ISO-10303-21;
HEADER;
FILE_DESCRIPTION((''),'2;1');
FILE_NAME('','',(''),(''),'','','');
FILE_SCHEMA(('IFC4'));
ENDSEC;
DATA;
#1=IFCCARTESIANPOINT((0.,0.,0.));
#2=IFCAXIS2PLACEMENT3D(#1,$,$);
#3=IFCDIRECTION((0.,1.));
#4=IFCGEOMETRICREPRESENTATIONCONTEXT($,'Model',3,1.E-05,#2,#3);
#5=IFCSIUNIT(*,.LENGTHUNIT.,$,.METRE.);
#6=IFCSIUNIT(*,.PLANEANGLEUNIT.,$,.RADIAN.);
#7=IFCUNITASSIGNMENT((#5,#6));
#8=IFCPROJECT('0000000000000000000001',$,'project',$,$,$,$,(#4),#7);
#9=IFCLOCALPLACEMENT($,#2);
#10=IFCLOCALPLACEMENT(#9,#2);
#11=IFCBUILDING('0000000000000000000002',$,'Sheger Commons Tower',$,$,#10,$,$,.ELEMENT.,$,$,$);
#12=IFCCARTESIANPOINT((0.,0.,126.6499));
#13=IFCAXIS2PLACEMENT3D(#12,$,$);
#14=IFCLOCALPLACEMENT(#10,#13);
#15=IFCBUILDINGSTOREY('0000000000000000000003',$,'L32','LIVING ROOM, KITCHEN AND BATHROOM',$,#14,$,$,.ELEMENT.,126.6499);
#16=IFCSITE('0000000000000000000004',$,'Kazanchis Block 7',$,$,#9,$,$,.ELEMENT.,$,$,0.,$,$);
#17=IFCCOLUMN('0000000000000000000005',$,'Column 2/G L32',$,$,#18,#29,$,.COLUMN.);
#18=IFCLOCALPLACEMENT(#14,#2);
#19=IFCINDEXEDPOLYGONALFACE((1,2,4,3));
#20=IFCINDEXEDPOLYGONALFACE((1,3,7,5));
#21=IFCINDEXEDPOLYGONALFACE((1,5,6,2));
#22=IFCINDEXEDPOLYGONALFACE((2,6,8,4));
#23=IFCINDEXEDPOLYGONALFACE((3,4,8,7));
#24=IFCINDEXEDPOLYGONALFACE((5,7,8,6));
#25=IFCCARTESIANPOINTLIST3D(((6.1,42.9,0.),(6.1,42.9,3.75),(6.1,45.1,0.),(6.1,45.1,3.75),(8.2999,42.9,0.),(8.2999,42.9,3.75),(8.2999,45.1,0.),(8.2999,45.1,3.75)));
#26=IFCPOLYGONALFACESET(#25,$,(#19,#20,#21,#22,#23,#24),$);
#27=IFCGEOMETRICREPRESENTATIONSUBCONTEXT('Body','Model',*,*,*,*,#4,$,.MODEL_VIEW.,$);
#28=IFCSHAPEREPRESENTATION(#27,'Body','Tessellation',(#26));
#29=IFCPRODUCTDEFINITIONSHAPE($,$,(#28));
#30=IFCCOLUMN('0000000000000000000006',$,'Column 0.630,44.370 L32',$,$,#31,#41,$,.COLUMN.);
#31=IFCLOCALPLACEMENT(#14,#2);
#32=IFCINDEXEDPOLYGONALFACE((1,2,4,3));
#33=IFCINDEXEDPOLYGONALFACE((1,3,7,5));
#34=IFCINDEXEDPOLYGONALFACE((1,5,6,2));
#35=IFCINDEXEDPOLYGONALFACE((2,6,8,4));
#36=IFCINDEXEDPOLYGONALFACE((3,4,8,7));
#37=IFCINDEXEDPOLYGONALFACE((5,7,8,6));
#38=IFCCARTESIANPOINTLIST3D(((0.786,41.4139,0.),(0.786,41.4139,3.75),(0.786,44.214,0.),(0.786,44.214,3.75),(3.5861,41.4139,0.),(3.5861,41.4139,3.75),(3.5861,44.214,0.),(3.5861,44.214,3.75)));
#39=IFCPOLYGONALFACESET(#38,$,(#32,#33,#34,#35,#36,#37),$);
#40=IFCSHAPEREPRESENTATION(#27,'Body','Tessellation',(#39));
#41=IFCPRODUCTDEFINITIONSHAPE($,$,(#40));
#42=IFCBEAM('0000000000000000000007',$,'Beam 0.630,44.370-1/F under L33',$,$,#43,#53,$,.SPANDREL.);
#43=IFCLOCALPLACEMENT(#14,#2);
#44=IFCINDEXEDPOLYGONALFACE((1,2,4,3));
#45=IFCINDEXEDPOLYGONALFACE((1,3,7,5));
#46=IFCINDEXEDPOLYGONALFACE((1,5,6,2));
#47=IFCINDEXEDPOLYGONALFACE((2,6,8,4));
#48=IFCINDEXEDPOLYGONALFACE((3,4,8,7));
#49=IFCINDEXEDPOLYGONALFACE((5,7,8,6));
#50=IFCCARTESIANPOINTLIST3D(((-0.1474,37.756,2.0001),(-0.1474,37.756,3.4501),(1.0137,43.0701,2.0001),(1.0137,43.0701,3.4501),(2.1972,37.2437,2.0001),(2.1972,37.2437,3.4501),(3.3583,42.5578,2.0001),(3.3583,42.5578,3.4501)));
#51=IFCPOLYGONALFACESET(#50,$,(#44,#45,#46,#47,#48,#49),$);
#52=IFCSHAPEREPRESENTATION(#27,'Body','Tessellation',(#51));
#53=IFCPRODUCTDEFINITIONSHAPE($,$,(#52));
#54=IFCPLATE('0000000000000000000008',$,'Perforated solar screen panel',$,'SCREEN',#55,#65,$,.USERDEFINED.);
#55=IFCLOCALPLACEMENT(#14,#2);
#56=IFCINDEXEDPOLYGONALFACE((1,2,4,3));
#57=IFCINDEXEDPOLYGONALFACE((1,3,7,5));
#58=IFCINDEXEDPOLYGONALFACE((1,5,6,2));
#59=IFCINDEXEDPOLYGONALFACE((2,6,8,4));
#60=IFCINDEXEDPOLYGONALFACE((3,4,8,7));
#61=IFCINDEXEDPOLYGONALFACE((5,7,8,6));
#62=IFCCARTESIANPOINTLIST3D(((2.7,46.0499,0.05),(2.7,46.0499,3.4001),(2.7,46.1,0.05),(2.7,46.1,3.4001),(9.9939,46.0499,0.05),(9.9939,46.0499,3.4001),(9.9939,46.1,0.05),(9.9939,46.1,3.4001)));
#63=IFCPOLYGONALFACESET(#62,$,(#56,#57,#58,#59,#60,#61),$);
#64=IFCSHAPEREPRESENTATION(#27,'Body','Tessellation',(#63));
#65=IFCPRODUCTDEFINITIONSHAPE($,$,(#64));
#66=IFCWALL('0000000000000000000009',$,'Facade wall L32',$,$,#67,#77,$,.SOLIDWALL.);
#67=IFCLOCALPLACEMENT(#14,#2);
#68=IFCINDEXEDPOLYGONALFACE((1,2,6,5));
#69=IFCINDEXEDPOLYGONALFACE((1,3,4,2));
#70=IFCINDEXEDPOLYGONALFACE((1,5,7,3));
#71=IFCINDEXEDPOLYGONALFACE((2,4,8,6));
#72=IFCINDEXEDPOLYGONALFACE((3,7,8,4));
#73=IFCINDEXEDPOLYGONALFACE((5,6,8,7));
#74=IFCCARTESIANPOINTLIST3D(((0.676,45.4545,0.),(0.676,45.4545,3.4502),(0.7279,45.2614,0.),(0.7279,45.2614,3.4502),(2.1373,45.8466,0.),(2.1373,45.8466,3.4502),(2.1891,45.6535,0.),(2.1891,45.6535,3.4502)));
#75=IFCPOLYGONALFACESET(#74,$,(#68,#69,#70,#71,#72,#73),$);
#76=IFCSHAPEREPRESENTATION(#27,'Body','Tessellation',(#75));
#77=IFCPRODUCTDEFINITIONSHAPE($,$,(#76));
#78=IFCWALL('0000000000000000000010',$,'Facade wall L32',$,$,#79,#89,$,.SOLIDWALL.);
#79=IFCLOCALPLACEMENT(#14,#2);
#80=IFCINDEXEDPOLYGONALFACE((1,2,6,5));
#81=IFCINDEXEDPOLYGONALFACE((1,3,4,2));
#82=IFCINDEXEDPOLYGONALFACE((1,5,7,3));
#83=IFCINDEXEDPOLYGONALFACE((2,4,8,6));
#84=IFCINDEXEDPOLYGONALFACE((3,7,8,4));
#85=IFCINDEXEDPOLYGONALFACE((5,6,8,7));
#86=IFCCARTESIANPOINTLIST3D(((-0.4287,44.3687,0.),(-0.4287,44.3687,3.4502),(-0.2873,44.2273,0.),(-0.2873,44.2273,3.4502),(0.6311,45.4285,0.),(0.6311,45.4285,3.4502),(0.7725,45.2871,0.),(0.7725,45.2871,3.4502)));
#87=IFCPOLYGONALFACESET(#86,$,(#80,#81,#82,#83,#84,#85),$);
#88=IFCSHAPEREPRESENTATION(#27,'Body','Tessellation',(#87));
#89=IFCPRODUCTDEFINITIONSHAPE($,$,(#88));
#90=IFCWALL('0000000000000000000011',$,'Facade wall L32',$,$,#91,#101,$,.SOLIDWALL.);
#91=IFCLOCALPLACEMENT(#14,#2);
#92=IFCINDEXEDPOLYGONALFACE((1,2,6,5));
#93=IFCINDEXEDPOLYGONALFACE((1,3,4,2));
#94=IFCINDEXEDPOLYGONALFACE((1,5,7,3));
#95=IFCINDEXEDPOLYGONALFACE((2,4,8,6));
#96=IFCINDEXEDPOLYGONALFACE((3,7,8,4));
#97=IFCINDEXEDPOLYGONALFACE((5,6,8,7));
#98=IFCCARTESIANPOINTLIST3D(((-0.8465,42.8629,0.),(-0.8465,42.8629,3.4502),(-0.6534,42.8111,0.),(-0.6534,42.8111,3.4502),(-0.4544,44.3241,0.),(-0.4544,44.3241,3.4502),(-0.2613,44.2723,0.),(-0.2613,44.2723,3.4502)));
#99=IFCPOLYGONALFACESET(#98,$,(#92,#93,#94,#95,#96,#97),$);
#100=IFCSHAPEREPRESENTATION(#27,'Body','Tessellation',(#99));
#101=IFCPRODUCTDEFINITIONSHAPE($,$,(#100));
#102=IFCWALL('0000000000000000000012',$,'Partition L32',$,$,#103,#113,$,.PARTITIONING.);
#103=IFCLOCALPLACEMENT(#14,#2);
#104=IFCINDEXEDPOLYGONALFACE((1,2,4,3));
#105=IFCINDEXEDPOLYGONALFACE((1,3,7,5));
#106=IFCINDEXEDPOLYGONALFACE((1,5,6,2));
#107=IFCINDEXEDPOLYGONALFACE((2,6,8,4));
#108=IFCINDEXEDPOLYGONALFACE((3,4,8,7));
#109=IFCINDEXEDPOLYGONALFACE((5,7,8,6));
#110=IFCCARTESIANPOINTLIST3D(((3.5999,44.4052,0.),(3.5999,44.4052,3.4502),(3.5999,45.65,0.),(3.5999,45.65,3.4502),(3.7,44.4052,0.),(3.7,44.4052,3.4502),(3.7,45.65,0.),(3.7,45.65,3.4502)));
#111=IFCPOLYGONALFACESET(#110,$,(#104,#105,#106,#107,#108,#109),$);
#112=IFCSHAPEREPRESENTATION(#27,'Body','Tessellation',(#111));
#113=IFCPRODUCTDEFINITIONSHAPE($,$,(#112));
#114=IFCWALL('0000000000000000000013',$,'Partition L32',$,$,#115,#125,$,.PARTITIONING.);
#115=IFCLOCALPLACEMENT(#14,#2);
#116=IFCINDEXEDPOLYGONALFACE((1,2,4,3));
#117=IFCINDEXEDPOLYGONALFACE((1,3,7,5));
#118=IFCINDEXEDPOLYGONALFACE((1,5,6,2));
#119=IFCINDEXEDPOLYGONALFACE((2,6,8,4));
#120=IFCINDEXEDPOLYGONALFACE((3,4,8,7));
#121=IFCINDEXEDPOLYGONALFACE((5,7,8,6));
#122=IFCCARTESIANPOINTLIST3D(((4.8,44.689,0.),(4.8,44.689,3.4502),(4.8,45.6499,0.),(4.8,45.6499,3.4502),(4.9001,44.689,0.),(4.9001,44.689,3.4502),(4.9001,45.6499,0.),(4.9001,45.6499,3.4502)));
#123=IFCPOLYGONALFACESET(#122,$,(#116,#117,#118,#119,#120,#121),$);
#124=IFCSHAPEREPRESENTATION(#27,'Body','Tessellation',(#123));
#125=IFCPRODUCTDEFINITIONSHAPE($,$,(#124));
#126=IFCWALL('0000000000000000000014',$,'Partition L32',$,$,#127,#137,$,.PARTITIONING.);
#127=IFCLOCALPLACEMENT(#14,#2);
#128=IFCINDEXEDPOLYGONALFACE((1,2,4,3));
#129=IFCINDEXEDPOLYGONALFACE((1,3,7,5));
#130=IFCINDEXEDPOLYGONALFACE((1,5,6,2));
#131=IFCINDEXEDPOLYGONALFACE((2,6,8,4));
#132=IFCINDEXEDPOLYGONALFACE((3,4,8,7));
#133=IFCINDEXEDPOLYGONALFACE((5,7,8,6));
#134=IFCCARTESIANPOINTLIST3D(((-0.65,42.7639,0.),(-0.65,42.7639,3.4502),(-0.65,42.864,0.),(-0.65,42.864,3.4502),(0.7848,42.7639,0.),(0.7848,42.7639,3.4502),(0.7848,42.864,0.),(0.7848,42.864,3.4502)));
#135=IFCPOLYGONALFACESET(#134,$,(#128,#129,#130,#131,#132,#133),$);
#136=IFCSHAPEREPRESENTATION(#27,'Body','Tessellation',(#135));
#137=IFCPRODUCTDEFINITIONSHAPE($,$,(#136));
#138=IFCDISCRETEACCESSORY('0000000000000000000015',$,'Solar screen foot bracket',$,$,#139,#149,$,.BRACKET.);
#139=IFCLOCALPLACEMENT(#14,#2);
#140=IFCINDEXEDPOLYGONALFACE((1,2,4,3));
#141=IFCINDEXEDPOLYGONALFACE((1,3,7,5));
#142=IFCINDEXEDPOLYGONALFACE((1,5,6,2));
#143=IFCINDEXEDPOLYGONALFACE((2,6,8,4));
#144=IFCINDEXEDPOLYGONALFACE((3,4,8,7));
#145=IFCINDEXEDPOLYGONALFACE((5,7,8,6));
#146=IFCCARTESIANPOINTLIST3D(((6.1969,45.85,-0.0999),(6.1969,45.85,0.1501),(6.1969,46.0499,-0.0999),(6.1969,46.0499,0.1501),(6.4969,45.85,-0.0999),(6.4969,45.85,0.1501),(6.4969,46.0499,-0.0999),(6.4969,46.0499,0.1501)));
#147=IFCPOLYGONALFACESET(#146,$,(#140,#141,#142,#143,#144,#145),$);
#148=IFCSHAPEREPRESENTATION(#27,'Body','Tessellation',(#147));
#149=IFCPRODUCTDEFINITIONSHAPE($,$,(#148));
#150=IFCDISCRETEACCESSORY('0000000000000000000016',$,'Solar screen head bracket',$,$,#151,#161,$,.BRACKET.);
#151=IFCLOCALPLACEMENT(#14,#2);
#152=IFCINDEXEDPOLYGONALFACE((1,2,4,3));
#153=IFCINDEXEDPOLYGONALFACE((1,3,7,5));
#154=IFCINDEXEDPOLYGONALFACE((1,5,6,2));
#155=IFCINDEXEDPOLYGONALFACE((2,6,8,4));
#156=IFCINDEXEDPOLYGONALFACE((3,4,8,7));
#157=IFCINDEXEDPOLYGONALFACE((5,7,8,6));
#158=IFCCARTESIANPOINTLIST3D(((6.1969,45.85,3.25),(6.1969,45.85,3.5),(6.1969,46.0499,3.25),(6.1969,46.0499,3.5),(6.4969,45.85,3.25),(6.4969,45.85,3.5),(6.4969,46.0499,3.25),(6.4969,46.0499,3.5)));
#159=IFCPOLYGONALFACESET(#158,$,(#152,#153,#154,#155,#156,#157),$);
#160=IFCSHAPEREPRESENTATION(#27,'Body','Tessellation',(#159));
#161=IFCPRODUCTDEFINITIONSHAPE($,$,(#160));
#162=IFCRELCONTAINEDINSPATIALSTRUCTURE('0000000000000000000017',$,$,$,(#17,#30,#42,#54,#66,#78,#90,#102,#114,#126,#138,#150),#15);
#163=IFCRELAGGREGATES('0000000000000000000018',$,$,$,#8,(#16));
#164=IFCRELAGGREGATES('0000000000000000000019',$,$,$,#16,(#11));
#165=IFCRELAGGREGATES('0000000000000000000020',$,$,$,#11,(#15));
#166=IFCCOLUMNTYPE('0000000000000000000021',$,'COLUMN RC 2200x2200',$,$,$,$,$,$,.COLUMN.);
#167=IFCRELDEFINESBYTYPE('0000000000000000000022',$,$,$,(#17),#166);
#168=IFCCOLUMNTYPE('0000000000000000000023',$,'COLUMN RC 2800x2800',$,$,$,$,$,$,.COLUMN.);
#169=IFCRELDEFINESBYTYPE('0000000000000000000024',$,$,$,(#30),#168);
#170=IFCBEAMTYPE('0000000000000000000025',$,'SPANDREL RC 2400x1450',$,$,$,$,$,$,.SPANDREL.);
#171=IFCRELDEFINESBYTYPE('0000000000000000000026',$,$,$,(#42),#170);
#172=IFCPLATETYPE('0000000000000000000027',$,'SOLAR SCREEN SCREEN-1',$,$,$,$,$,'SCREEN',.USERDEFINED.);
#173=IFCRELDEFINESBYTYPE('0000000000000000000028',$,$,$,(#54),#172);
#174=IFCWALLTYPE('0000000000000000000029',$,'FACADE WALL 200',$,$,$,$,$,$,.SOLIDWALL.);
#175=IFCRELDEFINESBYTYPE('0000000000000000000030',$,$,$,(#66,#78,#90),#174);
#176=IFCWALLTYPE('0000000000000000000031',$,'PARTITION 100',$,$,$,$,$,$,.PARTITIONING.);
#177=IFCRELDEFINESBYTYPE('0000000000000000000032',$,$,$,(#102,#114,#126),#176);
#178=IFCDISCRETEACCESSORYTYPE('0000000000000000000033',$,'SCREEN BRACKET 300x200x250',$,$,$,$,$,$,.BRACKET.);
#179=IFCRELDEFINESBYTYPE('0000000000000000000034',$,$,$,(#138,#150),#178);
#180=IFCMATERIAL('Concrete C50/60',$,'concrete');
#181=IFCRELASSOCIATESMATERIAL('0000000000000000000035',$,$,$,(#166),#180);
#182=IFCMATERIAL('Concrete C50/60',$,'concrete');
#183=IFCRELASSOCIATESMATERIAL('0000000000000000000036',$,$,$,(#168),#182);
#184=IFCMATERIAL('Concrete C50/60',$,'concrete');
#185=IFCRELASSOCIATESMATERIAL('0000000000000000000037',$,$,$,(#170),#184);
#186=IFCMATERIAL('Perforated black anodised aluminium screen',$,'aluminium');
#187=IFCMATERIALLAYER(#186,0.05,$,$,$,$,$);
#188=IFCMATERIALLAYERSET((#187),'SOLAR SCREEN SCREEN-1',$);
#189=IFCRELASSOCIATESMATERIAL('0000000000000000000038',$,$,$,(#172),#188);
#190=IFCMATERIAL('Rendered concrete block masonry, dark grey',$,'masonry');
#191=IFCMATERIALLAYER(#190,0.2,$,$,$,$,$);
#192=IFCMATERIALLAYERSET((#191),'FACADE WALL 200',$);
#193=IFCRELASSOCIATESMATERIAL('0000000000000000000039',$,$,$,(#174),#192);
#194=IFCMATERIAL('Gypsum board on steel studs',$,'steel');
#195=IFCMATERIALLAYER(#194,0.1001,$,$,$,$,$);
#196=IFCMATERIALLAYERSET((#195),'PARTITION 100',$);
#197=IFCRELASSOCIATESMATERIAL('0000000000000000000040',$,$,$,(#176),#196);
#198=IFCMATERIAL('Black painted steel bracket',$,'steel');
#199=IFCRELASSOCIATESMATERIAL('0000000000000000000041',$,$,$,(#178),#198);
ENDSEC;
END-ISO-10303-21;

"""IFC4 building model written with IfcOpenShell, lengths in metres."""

from ifc_helpers import new_model, si_unit, direction, frame, frame_2d, origin, origin_2d, place, context, subcontext, project, spatial, rectangle, extrude, material, layer, layer_set, material_profile, profile_set, type_object, element, save


model = new_model("IFC4")

# Units and contexts
model_context = context("Model", 3, precision=1e-05, world=origin(), true_north=direction((0.0, 1.0)))
body_context = subcontext(model_context, "Body", "Model", "MODEL_VIEW")
ifc_project = project(units=[si_unit("LENGTHUNIT", "METRE"), si_unit("PLANEANGLEUNIT", "RADIAN")], contexts=[model_context])

# Site, building, storey
site_placement = place(None, origin())
site = spatial("IfcSite", under=ifc_project, at=site_placement, Name="Kazanchis Block 7", CompositionType="ELEMENT", RefElevation=0.0)
building_placement = place(site_placement, origin())
building = spatial("IfcBuilding", under=site, at=building_placement, Name="Sheger Commons Tower", CompositionType="ELEMENT")
storey_placement = place(building_placement, frame((0.0, 0.0, 126.6499)))
storey = spatial("IfcBuildingStorey", under=building, at=storey_placement, Name="L32", Description="LIVING ROOM, KITCHEN AND BATHROOM", CompositionType="ELEMENT", Elevation=126.6499)

# Columns
ifc_material_1 = material(Name="Concrete C50/60", Category="concrete")
ifc_material_profile_1 = material_profile(ifc_material_1, rectangle(XDim=2.2, YDim=2.2, at=origin_2d()), Name="RC 2200x2200")
ifc_profile_set_1 = profile_set([ifc_material_profile_1], Name="Concrete C50/60")
column_type_1 = type_object("IfcColumnType", Name="COLUMN RC 2200x2200", PredefinedType="COLUMN", material=ifc_profile_set_1)
column_1_placement = place(storey_placement, frame((7.2, 44.0, 0.0), z_axis=(0.0, 0.0, 1.0), x_axis=(1.0, 0.0, 0.0)))
element("IfcColumn", 1, at=column_1_placement, inside=storey, type_object=column_type_1, Name="Column 2/G L32", PredefinedType="COLUMN", context=body_context, shape_type="SweptSolid", body=[
    extrude(rectangle(XDim=2.2, YDim=2.2, at=origin_2d()), origin(), (0.0, 0.0, 1.0), 3.75),
])
ifc_material_2 = material(Name="Concrete C50/60", Category="concrete")
ifc_material_profile_2 = material_profile(ifc_material_2, rectangle(XDim=2.8, YDim=2.8, at=origin_2d()), Name="RC 2800x2800")
ifc_profile_set_2 = profile_set([ifc_material_profile_2], Name="Concrete C50/60")
column_type_2 = type_object("IfcColumnType", Name="COLUMN RC 2800x2800", PredefinedType="COLUMN", material=ifc_profile_set_2)
column_2_placement = place(storey_placement, frame((2.186, 42.814, 0.0), z_axis=(0.0, 0.0, 1.0), x_axis=(1.0, 0.0, 0.0)))
element("IfcColumn", 2, at=column_2_placement, inside=storey, type_object=column_type_2, Name="Column 0.630,44.370 L32", PredefinedType="COLUMN", context=body_context, shape_type="SweptSolid", body=[
    extrude(rectangle(XDim=2.8, YDim=2.8, at=origin_2d()), origin(), (0.0, 0.0, 1.0), 3.75),
])

# Beam
ifc_material_3 = material(Name="Concrete C50/60", Category="concrete")
ifc_material_profile_3 = material_profile(ifc_material_3, rectangle(XDim=2.3999, YDim=1.45, at=origin_2d()), Name="RC 2400x1450")
ifc_profile_set_3 = profile_set([ifc_material_profile_3], Name="Concrete C50/60")
beam_type = type_object("IfcBeamType", Name="SPANDREL RC 2400x1450", PredefinedType="SPANDREL", material=ifc_profile_set_3)
beam_placement = place(storey_placement, frame((2.186, 42.814, 2.7251), z_axis=(-0.213469, -0.97695, 0.0), x_axis=(0.97695, -0.213469, 0.0)))
element("IfcBeam", 3, at=beam_placement, inside=storey, type_object=beam_type, Name="Beam 0.630,44.370-1/F under L33", PredefinedType="SPANDREL", context=body_context, shape_type="SweptSolid", body=[
    extrude(rectangle(XDim=2.3999, YDim=1.45, at=origin_2d()), origin(), (0.0, 0.0, 1.0), 5.4395),
])

# Plate
ifc_material_4 = material(Name="Perforated black anodised aluminium screen", Category="aluminium")
ifc_layer_1 = layer(ifc_material_4, 0.05)
ifc_layer_set_1 = layer_set([ifc_layer_1], Name="SOLAR SCREEN SCREEN-1")
plate_type = type_object("IfcPlateType", Name="SOLAR SCREEN SCREEN-1", ElementType="SCREEN", PredefinedType="USERDEFINED", material=ifc_layer_set_1)
plate_placement = place(storey_placement, frame((6.3469, 46.075, 0.05), z_axis=(0.0, 0.0, 1.0), x_axis=(-1.0, 0.0, 0.0)))
element("IfcPlate", 4, at=plate_placement, inside=storey, type_object=plate_type, Name="Perforated solar screen panel", ObjectType="SCREEN", PredefinedType="USERDEFINED", context=body_context, shape_type="SweptSolid", body=[
    extrude(rectangle(XDim=7.2939, YDim=0.05, at=origin_2d()), origin(), (0.0, 0.0, 1.0), 3.3501),
])

# Walls
ifc_material_5 = material(Name="Rendered concrete block masonry, dark grey", Category="masonry")
ifc_layer_2 = layer(ifc_material_5, 0.2)
ifc_layer_set_2 = layer_set([ifc_layer_2], Name="FACADE WALL 200")
wall_type_1 = type_object("IfcWallType", Name="FACADE WALL 200", PredefinedType="SOLIDWALL", material=ifc_layer_set_2)
wall_1_placement = place(storey_placement, frame((2.1631, 45.75, 0.0), z_axis=(0.0, 0.0, 1.0), x_axis=(-0.965832, -0.259169, 0.0)))
element("IfcWall", 5, at=wall_1_placement, inside=storey, type_object=wall_type_1, Name="Facade wall L32", PredefinedType="SOLIDWALL", context=body_context, shape_type="SweptSolid", body=[
    extrude(rectangle(XDim=1.5129, YDim=0.2, at=frame_2d((0.7563, 0.0))), origin(), (0.0, 0.0, 1.0), 3.4502),
])
wall_2_placement = place(storey_placement, frame((0.7019, 45.3579, 0.0), z_axis=(0.0, 0.0, 1.0), x_axis=(-0.707107, -0.707107, 0.0)))
element("IfcWall", 6, at=wall_2_placement, inside=storey, type_object=wall_type_1, Name="Facade wall L32", PredefinedType="SOLIDWALL", context=body_context, shape_type="SweptSolid", body=[
    extrude(rectangle(XDim=1.4988, YDim=0.2, at=frame_2d((0.7495, 0.0))), origin(), (0.0, 0.0, 1.0), 3.4502),
])
wall_3_placement = place(storey_placement, frame((-0.3579, 44.2981, 0.0), z_axis=(0.0, 0.0, 1.0), x_axis=(-0.259169, -0.965832, 0.0)))
element("IfcWall", 7, at=wall_3_placement, inside=storey, type_object=wall_type_1, Name="Facade wall L32", PredefinedType="SOLIDWALL", context=body_context, shape_type="SweptSolid", body=[
    extrude(rectangle(XDim=1.5129, YDim=0.2, at=frame_2d((0.7563, 0.0))), origin(), (0.0, 0.0, 1.0), 3.4502),
])

# Walls
ifc_material_6 = material(Name="Gypsum board on steel studs", Category="steel")
ifc_layer_3 = layer(ifc_material_6, 0.1001)
ifc_layer_set_3 = layer_set([ifc_layer_3], Name="PARTITION 100")
wall_type_2 = type_object("IfcWallType", Name="PARTITION 100", PredefinedType="PARTITIONING", material=ifc_layer_set_3)
wall_4_placement = place(storey_placement, frame((3.6499, 44.405, 0.0), z_axis=(0.0, 0.0, 1.0), x_axis=(0.0, 1.0, 0.0)))
element("IfcWall", 8, at=wall_4_placement, inside=storey, type_object=wall_type_2, Name="Partition L32", PredefinedType="PARTITIONING", context=body_context, shape_type="SweptSolid", body=[
    extrude(rectangle(XDim=1.2449, YDim=0.1001, at=frame_2d((0.6226, 0.0))), origin(), (0.0, 0.0, 1.0), 3.4502),
])
wall_5_placement = place(storey_placement, frame((4.8501, 44.689, 0.0), z_axis=(0.0, 0.0, 1.0), x_axis=(0.0, 1.0, 0.0)))
element("IfcWall", 9, at=wall_5_placement, inside=storey, type_object=wall_type_2, Name="Partition L32", PredefinedType="PARTITIONING", context=body_context, shape_type="SweptSolid", body=[
    extrude(rectangle(XDim=0.9609, YDim=0.1001, at=frame_2d((0.4805, 0.0))), origin(), (0.0, 0.0, 1.0), 3.4502),
])
wall_6_placement = place(storey_placement, frame((-0.6499, 42.814, 0.0), z_axis=(0.0, 0.0, 1.0), x_axis=(1.0, 0.0, 0.0)))
element("IfcWall", 10, at=wall_6_placement, inside=storey, type_object=wall_type_2, Name="Partition L32", PredefinedType="PARTITIONING", context=body_context, shape_type="SweptSolid", body=[
    extrude(rectangle(XDim=1.4348, YDim=0.1001, at=frame_2d((0.7173, 0.0))), origin(), (0.0, 0.0, 1.0), 3.4502),
])

# Discrete accessories
ifc_material_7 = material(Name="Black painted steel bracket", Category="steel")
discrete_accessory_type = type_object("IfcDiscreteAccessoryType", Name="SCREEN BRACKET 300x200x250", PredefinedType="BRACKET", material=ifc_material_7)
for number, where, z_axis, x_axis, name in (
    (11, (6.3469, 45.95, -0.0999), (0.0, 0.0, 1.0), (-1.0, 0.0, 0.0), "Solar screen foot bracket"),
    (12, (6.3469, 45.95, 3.25), (0.0, 0.0, 1.0), (-1.0, 0.0, 0.0), "Solar screen head bracket"),
):
    element("IfcDiscreteAccessory", number, at=place(storey_placement, frame(where, z_axis=z_axis, x_axis=x_axis)), inside=storey, type_object=discrete_accessory_type, Name=name, PredefinedType="BRACKET", context=body_context, shape_type="SweptSolid", body=[
        extrude(rectangle(XDim=0.3, YDim=0.2, at=origin_2d()), origin(), (0.0, 0.0, 1.0), 0.25),
    ])

save(model, "model.ifc")
